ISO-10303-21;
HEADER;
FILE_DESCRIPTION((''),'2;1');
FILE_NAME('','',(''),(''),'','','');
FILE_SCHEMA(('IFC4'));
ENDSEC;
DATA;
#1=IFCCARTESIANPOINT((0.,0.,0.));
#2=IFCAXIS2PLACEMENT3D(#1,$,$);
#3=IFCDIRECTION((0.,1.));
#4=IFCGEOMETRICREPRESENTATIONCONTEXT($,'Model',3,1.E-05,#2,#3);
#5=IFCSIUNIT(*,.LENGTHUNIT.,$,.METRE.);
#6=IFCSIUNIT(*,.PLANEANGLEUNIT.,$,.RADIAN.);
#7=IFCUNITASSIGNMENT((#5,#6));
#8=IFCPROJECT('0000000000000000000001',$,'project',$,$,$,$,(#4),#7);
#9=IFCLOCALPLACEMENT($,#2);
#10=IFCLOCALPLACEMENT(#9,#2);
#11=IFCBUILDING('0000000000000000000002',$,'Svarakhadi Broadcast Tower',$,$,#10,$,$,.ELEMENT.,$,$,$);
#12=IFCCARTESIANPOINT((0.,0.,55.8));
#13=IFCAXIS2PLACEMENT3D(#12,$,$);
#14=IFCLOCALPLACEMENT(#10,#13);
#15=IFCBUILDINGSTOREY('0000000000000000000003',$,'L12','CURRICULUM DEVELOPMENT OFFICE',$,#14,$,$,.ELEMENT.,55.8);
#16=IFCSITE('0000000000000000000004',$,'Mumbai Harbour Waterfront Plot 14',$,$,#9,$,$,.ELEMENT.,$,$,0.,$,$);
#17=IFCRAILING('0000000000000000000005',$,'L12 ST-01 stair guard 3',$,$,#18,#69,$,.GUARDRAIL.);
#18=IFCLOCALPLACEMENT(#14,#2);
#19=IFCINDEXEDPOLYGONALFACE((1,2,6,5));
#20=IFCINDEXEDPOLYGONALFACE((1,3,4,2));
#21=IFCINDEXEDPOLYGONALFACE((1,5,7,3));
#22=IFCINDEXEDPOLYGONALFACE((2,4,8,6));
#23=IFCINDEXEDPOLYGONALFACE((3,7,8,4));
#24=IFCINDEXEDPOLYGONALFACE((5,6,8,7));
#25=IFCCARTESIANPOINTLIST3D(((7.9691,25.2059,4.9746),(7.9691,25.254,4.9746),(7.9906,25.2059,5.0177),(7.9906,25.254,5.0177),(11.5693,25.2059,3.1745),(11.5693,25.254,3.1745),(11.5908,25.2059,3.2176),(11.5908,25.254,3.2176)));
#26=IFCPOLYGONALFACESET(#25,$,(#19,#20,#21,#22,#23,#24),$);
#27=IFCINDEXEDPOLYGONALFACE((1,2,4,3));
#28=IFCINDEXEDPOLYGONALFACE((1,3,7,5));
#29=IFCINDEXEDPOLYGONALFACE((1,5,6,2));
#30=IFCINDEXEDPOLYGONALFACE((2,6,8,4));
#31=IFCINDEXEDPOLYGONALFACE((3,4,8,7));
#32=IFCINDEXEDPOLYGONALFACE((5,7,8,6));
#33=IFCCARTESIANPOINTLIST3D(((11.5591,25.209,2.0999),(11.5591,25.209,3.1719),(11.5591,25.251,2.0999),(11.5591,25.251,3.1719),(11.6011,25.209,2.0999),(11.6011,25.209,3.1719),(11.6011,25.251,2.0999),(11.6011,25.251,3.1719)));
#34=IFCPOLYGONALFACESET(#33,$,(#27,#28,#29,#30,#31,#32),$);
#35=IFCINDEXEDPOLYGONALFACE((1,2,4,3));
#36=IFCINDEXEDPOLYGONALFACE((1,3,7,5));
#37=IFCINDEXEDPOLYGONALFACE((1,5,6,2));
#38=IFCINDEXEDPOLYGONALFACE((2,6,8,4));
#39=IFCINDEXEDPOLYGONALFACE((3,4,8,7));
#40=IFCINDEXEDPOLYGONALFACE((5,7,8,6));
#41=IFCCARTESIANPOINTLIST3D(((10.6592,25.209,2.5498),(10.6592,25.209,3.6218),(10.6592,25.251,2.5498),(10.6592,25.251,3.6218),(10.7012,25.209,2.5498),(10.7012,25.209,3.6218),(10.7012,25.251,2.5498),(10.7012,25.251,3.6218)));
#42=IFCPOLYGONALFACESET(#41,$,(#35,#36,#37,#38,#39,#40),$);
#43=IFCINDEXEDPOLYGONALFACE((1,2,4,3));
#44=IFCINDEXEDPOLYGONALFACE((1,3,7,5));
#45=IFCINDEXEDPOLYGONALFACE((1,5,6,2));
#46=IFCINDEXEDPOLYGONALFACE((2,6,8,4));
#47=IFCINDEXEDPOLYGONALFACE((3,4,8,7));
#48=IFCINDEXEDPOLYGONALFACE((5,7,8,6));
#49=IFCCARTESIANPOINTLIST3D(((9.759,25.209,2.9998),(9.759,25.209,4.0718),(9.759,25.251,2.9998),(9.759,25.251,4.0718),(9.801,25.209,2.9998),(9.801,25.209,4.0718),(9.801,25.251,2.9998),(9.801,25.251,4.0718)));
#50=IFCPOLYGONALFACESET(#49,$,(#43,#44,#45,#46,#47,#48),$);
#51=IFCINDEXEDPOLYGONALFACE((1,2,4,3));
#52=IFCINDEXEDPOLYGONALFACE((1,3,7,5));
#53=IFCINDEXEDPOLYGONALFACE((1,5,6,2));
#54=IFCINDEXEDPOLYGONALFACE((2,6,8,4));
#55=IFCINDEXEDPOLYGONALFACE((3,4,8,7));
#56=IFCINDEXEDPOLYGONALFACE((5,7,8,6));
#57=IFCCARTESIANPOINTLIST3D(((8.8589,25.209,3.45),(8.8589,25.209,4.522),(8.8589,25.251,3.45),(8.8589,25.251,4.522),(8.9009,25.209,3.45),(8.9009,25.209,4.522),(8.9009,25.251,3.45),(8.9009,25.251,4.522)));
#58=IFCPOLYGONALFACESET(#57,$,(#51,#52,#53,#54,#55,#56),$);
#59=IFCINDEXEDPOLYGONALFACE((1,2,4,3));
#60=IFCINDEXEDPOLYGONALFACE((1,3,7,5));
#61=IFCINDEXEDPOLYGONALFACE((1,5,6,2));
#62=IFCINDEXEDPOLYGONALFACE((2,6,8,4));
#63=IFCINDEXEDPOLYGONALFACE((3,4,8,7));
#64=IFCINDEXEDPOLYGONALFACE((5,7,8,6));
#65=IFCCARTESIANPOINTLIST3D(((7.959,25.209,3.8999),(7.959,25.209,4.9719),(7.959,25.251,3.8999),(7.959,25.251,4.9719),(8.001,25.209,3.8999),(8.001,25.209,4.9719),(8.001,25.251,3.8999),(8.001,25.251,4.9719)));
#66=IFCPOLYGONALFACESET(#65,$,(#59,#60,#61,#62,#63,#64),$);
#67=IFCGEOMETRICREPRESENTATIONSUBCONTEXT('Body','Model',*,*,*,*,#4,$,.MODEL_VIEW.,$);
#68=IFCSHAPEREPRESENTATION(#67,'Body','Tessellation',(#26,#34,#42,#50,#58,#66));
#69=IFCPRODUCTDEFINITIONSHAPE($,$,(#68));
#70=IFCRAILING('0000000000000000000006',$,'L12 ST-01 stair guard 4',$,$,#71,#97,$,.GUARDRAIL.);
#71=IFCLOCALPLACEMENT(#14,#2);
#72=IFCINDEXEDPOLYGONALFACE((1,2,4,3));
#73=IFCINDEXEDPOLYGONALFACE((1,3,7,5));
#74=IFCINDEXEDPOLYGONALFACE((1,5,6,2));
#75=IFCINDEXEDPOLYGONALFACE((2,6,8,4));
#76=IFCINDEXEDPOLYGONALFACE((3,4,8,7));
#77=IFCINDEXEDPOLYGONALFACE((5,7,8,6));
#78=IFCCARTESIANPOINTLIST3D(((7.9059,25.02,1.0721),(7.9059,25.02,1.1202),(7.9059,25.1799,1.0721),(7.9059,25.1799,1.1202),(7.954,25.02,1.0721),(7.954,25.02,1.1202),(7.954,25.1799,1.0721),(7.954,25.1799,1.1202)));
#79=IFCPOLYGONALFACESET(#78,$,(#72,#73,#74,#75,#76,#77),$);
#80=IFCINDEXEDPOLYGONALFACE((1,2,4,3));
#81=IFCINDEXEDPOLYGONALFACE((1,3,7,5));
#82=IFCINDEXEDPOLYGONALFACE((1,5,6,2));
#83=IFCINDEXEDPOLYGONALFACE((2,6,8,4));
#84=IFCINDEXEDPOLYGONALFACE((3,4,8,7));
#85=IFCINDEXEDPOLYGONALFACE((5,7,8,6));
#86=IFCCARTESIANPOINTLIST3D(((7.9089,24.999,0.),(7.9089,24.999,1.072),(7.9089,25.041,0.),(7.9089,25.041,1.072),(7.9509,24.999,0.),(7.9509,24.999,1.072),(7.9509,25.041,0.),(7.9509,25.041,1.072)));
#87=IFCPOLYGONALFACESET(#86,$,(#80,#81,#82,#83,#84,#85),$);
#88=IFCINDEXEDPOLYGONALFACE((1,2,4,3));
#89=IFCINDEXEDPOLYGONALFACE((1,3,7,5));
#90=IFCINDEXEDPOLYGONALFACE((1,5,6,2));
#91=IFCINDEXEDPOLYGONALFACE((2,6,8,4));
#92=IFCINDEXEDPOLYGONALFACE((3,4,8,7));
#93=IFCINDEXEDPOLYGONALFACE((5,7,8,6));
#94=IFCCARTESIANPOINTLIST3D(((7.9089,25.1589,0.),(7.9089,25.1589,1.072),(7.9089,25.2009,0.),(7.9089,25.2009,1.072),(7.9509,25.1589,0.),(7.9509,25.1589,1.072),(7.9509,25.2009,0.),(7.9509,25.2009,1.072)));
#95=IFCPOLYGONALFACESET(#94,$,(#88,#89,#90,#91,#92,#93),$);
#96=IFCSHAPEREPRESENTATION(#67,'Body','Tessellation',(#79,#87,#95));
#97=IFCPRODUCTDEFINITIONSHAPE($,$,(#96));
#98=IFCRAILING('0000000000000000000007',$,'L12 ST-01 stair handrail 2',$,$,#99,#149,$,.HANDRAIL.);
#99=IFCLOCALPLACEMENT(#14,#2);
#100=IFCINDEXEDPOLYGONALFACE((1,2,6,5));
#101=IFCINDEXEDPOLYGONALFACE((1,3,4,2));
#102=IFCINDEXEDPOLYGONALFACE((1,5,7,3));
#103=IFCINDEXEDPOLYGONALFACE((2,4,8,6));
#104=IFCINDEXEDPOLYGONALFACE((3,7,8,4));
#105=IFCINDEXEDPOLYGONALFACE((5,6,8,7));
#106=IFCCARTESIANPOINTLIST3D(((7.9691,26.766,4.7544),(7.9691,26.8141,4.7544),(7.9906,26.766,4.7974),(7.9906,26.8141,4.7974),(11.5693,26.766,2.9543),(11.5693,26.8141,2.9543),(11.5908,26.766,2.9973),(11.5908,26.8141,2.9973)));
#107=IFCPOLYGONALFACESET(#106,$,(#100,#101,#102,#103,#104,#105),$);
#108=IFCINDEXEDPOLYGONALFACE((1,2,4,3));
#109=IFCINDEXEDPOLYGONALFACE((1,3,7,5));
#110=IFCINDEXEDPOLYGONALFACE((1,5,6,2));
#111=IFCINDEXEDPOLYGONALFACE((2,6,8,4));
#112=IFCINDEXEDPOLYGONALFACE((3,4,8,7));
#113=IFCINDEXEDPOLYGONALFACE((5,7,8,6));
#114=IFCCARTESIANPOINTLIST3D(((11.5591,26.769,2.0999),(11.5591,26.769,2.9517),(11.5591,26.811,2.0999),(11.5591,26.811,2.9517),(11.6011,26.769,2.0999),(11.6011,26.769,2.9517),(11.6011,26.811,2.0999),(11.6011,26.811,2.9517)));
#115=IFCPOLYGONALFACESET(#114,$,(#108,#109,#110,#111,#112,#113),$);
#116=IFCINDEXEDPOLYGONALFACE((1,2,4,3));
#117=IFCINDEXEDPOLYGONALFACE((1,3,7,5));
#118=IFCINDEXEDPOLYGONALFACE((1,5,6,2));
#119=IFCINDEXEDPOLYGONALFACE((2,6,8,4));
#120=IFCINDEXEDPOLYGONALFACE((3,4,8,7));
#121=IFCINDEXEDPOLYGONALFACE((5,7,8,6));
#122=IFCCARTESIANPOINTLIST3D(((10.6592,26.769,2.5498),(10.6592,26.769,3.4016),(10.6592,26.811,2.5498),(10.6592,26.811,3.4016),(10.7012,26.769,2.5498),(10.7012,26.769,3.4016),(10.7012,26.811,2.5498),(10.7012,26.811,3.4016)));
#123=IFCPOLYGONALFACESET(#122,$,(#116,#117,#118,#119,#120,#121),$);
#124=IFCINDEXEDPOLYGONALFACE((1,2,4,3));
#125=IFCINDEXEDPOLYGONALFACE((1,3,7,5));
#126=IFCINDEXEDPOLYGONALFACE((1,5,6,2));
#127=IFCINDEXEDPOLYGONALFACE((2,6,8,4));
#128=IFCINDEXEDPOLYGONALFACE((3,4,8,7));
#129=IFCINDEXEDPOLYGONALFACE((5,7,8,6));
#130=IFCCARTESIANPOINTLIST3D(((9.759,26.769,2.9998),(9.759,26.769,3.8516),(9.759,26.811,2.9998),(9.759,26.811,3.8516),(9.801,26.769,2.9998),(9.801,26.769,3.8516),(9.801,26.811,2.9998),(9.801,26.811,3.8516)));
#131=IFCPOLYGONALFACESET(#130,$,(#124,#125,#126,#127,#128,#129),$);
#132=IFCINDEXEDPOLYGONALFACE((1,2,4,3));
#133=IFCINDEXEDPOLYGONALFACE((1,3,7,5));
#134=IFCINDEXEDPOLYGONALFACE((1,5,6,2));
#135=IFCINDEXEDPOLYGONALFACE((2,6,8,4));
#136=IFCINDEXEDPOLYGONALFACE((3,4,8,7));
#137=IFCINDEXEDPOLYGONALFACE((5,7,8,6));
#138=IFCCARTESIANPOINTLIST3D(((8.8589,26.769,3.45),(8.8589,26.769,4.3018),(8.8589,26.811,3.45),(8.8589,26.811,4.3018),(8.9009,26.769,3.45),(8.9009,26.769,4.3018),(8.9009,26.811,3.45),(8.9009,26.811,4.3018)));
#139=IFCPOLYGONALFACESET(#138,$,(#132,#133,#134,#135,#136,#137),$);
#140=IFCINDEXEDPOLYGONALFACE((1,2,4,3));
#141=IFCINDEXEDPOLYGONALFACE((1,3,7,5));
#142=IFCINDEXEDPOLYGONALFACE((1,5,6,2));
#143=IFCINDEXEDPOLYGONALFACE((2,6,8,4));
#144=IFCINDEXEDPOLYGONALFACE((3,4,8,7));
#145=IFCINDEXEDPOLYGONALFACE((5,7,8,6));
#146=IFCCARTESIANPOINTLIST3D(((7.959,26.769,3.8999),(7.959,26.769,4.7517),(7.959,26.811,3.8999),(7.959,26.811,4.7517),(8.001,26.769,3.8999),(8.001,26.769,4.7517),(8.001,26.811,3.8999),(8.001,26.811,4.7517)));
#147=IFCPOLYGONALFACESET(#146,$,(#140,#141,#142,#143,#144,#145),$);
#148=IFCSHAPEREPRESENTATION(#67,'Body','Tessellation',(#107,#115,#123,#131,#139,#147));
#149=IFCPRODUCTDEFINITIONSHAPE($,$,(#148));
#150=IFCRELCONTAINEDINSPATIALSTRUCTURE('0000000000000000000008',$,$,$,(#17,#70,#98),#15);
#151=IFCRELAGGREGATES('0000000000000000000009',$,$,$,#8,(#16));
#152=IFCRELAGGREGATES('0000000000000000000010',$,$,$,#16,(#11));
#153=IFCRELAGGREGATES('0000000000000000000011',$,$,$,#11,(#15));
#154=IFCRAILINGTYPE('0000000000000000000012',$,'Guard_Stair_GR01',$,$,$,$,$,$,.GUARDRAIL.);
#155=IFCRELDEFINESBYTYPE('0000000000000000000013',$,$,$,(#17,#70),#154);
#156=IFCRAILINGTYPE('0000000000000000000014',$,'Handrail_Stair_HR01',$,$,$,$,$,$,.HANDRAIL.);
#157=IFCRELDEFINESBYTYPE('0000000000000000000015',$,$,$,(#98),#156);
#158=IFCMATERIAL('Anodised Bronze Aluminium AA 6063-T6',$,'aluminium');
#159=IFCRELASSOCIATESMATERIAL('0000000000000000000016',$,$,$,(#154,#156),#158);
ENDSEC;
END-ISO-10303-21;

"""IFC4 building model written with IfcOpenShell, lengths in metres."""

from ifc_helpers import new_model, si_unit, direction, frame, origin, origin_2d, place, context, subcontext, project, spatial, rectangle, extrude, material, type_object, element, save


model = new_model("IFC4")

# Units and contexts
model_context = context("Model", 3, precision=1e-05, world=origin(), true_north=direction((0.0, 1.0)))
body_context = subcontext(model_context, "Body", "Model", "MODEL_VIEW")
ifc_project = project(units=[si_unit("LENGTHUNIT", "METRE"), si_unit("PLANEANGLEUNIT", "RADIAN")], contexts=[model_context])

# Site, building, storey
site_placement = place(None, origin())
site = spatial("IfcSite", under=ifc_project, at=site_placement, Name="Mumbai Harbour Waterfront Plot 14", CompositionType="ELEMENT", RefElevation=0.0)
building_placement = place(site_placement, origin())
building = spatial("IfcBuilding", under=site, at=building_placement, Name="Svarakhadi Broadcast Tower", CompositionType="ELEMENT")
storey_placement = place(building_placement, frame((0.0, 0.0, 55.8)))
storey = spatial("IfcBuildingStorey", under=building, at=storey_placement, Name="L12", Description="CURRICULUM DEVELOPMENT OFFICE", CompositionType="ELEMENT", Elevation=55.8)

# Railings
ifc_material_1 = material(Name="Anodised Bronze Aluminium AA 6063-T6", Category="aluminium")
railing_type_1 = type_object("IfcRailingType", Name="Guard_Stair_GR01", PredefinedType="GUARDRAIL", material=ifc_material_1)
railing_1_placement = place(storey_placement, frame((11.5801, 25.23, 2.0999)))
element("IfcRailing", 1, at=railing_1_placement, inside=storey, type_object=railing_type_1, Name="L12 ST-01 stair guard 3", PredefinedType="GUARDRAIL", context=body_context, shape_type="SweptSolid", body=[
    extrude(rectangle(XDim=0.0481, YDim=0.0481, at=origin_2d()), frame((0.0, 0.0, 1.0962), z_axis=(-0.894427, 0.0, 0.447214), x_axis=(0.0, -1.0, 0.0)), (0.0, 0.0, 1.0), 4.0251),
    extrude(rectangle(XDim=0.042, YDim=0.042, at=origin_2d()), origin(), (0.0, 0.0, 1.0), 1.072),
    extrude(rectangle(XDim=0.042, YDim=0.042, at=origin_2d()), frame((-0.8999, 0.0, 0.45)), (0.0, 0.0, 1.0), 1.072),
    extrude(rectangle(XDim=0.042, YDim=0.042, at=origin_2d()), frame((-1.8, 0.0, 0.8999)), (0.0, 0.0, 1.0), 1.072),
    extrude(rectangle(XDim=0.042, YDim=0.042, at=origin_2d()), frame((-2.7002, 0.0, 1.3501)), (0.0, 0.0, 1.0), 1.072),
    extrude(rectangle(XDim=0.042, YDim=0.042, at=origin_2d()), frame((-3.6001, 0.0, 1.8)), (0.0, 0.0, 1.0), 1.072),
])
railing_2_placement = place(storey_placement, frame((7.9299, 25.02, 0.0)))
element("IfcRailing", 2, at=railing_2_placement, inside=storey, type_object=railing_type_1, Name="L12 ST-01 stair guard 4", PredefinedType="GUARDRAIL", context=body_context, shape_type="SweptSolid", body=[
    extrude(rectangle(XDim=0.0481, YDim=0.0481, at=origin_2d()), frame((0.0, 0.0, 1.0962), z_axis=(0.0, 1.0, 0.0), x_axis=(-1.0, 0.0, 0.0)), (0.0, 0.0, 1.0), 0.1599),
    extrude(rectangle(XDim=0.042, YDim=0.042, at=origin_2d()), origin(), (0.0, 0.0, 1.0), 1.072),
    extrude(rectangle(XDim=0.042, YDim=0.042, at=origin_2d()), frame((0.0, 0.1599, 0.0)), (0.0, 0.0, 1.0), 1.072),
])
railing_type_2 = type_object("IfcRailingType", Name="Handrail_Stair_HR01", PredefinedType="HANDRAIL", material=ifc_material_1)
railing_3_placement = place(storey_placement, frame((11.5801, 26.79, 2.0999)))
element("IfcRailing", 3, at=railing_3_placement, inside=storey, type_object=railing_type_2, Name="L12 ST-01 stair handrail 2", PredefinedType="HANDRAIL", context=body_context, shape_type="SweptSolid", body=[
    extrude(rectangle(XDim=0.0481, YDim=0.0481, at=origin_2d()), frame((0.0, 0.0, 0.876), z_axis=(-0.894427, 0.0, 0.447214), x_axis=(0.0, -1.0, 0.0)), (0.0, 0.0, 1.0), 4.0251),
    extrude(rectangle(XDim=0.042, YDim=0.042, at=origin_2d()), origin(), (0.0, 0.0, 1.0), 0.8518),
    extrude(rectangle(XDim=0.042, YDim=0.042, at=origin_2d()), frame((-0.8999, 0.0, 0.45)), (0.0, 0.0, 1.0), 0.8518),
    extrude(rectangle(XDim=0.042, YDim=0.042, at=origin_2d()), frame((-1.8, 0.0, 0.8999)), (0.0, 0.0, 1.0), 0.8518),
    extrude(rectangle(XDim=0.042, YDim=0.042, at=origin_2d()), frame((-2.7002, 0.0, 1.3501)), (0.0, 0.0, 1.0), 0.8518),
    extrude(rectangle(XDim=0.042, YDim=0.042, at=origin_2d()), frame((-3.6001, 0.0, 1.8)), (0.0, 0.0, 1.0), 0.8518),
])

save(model, "model.ifc")
